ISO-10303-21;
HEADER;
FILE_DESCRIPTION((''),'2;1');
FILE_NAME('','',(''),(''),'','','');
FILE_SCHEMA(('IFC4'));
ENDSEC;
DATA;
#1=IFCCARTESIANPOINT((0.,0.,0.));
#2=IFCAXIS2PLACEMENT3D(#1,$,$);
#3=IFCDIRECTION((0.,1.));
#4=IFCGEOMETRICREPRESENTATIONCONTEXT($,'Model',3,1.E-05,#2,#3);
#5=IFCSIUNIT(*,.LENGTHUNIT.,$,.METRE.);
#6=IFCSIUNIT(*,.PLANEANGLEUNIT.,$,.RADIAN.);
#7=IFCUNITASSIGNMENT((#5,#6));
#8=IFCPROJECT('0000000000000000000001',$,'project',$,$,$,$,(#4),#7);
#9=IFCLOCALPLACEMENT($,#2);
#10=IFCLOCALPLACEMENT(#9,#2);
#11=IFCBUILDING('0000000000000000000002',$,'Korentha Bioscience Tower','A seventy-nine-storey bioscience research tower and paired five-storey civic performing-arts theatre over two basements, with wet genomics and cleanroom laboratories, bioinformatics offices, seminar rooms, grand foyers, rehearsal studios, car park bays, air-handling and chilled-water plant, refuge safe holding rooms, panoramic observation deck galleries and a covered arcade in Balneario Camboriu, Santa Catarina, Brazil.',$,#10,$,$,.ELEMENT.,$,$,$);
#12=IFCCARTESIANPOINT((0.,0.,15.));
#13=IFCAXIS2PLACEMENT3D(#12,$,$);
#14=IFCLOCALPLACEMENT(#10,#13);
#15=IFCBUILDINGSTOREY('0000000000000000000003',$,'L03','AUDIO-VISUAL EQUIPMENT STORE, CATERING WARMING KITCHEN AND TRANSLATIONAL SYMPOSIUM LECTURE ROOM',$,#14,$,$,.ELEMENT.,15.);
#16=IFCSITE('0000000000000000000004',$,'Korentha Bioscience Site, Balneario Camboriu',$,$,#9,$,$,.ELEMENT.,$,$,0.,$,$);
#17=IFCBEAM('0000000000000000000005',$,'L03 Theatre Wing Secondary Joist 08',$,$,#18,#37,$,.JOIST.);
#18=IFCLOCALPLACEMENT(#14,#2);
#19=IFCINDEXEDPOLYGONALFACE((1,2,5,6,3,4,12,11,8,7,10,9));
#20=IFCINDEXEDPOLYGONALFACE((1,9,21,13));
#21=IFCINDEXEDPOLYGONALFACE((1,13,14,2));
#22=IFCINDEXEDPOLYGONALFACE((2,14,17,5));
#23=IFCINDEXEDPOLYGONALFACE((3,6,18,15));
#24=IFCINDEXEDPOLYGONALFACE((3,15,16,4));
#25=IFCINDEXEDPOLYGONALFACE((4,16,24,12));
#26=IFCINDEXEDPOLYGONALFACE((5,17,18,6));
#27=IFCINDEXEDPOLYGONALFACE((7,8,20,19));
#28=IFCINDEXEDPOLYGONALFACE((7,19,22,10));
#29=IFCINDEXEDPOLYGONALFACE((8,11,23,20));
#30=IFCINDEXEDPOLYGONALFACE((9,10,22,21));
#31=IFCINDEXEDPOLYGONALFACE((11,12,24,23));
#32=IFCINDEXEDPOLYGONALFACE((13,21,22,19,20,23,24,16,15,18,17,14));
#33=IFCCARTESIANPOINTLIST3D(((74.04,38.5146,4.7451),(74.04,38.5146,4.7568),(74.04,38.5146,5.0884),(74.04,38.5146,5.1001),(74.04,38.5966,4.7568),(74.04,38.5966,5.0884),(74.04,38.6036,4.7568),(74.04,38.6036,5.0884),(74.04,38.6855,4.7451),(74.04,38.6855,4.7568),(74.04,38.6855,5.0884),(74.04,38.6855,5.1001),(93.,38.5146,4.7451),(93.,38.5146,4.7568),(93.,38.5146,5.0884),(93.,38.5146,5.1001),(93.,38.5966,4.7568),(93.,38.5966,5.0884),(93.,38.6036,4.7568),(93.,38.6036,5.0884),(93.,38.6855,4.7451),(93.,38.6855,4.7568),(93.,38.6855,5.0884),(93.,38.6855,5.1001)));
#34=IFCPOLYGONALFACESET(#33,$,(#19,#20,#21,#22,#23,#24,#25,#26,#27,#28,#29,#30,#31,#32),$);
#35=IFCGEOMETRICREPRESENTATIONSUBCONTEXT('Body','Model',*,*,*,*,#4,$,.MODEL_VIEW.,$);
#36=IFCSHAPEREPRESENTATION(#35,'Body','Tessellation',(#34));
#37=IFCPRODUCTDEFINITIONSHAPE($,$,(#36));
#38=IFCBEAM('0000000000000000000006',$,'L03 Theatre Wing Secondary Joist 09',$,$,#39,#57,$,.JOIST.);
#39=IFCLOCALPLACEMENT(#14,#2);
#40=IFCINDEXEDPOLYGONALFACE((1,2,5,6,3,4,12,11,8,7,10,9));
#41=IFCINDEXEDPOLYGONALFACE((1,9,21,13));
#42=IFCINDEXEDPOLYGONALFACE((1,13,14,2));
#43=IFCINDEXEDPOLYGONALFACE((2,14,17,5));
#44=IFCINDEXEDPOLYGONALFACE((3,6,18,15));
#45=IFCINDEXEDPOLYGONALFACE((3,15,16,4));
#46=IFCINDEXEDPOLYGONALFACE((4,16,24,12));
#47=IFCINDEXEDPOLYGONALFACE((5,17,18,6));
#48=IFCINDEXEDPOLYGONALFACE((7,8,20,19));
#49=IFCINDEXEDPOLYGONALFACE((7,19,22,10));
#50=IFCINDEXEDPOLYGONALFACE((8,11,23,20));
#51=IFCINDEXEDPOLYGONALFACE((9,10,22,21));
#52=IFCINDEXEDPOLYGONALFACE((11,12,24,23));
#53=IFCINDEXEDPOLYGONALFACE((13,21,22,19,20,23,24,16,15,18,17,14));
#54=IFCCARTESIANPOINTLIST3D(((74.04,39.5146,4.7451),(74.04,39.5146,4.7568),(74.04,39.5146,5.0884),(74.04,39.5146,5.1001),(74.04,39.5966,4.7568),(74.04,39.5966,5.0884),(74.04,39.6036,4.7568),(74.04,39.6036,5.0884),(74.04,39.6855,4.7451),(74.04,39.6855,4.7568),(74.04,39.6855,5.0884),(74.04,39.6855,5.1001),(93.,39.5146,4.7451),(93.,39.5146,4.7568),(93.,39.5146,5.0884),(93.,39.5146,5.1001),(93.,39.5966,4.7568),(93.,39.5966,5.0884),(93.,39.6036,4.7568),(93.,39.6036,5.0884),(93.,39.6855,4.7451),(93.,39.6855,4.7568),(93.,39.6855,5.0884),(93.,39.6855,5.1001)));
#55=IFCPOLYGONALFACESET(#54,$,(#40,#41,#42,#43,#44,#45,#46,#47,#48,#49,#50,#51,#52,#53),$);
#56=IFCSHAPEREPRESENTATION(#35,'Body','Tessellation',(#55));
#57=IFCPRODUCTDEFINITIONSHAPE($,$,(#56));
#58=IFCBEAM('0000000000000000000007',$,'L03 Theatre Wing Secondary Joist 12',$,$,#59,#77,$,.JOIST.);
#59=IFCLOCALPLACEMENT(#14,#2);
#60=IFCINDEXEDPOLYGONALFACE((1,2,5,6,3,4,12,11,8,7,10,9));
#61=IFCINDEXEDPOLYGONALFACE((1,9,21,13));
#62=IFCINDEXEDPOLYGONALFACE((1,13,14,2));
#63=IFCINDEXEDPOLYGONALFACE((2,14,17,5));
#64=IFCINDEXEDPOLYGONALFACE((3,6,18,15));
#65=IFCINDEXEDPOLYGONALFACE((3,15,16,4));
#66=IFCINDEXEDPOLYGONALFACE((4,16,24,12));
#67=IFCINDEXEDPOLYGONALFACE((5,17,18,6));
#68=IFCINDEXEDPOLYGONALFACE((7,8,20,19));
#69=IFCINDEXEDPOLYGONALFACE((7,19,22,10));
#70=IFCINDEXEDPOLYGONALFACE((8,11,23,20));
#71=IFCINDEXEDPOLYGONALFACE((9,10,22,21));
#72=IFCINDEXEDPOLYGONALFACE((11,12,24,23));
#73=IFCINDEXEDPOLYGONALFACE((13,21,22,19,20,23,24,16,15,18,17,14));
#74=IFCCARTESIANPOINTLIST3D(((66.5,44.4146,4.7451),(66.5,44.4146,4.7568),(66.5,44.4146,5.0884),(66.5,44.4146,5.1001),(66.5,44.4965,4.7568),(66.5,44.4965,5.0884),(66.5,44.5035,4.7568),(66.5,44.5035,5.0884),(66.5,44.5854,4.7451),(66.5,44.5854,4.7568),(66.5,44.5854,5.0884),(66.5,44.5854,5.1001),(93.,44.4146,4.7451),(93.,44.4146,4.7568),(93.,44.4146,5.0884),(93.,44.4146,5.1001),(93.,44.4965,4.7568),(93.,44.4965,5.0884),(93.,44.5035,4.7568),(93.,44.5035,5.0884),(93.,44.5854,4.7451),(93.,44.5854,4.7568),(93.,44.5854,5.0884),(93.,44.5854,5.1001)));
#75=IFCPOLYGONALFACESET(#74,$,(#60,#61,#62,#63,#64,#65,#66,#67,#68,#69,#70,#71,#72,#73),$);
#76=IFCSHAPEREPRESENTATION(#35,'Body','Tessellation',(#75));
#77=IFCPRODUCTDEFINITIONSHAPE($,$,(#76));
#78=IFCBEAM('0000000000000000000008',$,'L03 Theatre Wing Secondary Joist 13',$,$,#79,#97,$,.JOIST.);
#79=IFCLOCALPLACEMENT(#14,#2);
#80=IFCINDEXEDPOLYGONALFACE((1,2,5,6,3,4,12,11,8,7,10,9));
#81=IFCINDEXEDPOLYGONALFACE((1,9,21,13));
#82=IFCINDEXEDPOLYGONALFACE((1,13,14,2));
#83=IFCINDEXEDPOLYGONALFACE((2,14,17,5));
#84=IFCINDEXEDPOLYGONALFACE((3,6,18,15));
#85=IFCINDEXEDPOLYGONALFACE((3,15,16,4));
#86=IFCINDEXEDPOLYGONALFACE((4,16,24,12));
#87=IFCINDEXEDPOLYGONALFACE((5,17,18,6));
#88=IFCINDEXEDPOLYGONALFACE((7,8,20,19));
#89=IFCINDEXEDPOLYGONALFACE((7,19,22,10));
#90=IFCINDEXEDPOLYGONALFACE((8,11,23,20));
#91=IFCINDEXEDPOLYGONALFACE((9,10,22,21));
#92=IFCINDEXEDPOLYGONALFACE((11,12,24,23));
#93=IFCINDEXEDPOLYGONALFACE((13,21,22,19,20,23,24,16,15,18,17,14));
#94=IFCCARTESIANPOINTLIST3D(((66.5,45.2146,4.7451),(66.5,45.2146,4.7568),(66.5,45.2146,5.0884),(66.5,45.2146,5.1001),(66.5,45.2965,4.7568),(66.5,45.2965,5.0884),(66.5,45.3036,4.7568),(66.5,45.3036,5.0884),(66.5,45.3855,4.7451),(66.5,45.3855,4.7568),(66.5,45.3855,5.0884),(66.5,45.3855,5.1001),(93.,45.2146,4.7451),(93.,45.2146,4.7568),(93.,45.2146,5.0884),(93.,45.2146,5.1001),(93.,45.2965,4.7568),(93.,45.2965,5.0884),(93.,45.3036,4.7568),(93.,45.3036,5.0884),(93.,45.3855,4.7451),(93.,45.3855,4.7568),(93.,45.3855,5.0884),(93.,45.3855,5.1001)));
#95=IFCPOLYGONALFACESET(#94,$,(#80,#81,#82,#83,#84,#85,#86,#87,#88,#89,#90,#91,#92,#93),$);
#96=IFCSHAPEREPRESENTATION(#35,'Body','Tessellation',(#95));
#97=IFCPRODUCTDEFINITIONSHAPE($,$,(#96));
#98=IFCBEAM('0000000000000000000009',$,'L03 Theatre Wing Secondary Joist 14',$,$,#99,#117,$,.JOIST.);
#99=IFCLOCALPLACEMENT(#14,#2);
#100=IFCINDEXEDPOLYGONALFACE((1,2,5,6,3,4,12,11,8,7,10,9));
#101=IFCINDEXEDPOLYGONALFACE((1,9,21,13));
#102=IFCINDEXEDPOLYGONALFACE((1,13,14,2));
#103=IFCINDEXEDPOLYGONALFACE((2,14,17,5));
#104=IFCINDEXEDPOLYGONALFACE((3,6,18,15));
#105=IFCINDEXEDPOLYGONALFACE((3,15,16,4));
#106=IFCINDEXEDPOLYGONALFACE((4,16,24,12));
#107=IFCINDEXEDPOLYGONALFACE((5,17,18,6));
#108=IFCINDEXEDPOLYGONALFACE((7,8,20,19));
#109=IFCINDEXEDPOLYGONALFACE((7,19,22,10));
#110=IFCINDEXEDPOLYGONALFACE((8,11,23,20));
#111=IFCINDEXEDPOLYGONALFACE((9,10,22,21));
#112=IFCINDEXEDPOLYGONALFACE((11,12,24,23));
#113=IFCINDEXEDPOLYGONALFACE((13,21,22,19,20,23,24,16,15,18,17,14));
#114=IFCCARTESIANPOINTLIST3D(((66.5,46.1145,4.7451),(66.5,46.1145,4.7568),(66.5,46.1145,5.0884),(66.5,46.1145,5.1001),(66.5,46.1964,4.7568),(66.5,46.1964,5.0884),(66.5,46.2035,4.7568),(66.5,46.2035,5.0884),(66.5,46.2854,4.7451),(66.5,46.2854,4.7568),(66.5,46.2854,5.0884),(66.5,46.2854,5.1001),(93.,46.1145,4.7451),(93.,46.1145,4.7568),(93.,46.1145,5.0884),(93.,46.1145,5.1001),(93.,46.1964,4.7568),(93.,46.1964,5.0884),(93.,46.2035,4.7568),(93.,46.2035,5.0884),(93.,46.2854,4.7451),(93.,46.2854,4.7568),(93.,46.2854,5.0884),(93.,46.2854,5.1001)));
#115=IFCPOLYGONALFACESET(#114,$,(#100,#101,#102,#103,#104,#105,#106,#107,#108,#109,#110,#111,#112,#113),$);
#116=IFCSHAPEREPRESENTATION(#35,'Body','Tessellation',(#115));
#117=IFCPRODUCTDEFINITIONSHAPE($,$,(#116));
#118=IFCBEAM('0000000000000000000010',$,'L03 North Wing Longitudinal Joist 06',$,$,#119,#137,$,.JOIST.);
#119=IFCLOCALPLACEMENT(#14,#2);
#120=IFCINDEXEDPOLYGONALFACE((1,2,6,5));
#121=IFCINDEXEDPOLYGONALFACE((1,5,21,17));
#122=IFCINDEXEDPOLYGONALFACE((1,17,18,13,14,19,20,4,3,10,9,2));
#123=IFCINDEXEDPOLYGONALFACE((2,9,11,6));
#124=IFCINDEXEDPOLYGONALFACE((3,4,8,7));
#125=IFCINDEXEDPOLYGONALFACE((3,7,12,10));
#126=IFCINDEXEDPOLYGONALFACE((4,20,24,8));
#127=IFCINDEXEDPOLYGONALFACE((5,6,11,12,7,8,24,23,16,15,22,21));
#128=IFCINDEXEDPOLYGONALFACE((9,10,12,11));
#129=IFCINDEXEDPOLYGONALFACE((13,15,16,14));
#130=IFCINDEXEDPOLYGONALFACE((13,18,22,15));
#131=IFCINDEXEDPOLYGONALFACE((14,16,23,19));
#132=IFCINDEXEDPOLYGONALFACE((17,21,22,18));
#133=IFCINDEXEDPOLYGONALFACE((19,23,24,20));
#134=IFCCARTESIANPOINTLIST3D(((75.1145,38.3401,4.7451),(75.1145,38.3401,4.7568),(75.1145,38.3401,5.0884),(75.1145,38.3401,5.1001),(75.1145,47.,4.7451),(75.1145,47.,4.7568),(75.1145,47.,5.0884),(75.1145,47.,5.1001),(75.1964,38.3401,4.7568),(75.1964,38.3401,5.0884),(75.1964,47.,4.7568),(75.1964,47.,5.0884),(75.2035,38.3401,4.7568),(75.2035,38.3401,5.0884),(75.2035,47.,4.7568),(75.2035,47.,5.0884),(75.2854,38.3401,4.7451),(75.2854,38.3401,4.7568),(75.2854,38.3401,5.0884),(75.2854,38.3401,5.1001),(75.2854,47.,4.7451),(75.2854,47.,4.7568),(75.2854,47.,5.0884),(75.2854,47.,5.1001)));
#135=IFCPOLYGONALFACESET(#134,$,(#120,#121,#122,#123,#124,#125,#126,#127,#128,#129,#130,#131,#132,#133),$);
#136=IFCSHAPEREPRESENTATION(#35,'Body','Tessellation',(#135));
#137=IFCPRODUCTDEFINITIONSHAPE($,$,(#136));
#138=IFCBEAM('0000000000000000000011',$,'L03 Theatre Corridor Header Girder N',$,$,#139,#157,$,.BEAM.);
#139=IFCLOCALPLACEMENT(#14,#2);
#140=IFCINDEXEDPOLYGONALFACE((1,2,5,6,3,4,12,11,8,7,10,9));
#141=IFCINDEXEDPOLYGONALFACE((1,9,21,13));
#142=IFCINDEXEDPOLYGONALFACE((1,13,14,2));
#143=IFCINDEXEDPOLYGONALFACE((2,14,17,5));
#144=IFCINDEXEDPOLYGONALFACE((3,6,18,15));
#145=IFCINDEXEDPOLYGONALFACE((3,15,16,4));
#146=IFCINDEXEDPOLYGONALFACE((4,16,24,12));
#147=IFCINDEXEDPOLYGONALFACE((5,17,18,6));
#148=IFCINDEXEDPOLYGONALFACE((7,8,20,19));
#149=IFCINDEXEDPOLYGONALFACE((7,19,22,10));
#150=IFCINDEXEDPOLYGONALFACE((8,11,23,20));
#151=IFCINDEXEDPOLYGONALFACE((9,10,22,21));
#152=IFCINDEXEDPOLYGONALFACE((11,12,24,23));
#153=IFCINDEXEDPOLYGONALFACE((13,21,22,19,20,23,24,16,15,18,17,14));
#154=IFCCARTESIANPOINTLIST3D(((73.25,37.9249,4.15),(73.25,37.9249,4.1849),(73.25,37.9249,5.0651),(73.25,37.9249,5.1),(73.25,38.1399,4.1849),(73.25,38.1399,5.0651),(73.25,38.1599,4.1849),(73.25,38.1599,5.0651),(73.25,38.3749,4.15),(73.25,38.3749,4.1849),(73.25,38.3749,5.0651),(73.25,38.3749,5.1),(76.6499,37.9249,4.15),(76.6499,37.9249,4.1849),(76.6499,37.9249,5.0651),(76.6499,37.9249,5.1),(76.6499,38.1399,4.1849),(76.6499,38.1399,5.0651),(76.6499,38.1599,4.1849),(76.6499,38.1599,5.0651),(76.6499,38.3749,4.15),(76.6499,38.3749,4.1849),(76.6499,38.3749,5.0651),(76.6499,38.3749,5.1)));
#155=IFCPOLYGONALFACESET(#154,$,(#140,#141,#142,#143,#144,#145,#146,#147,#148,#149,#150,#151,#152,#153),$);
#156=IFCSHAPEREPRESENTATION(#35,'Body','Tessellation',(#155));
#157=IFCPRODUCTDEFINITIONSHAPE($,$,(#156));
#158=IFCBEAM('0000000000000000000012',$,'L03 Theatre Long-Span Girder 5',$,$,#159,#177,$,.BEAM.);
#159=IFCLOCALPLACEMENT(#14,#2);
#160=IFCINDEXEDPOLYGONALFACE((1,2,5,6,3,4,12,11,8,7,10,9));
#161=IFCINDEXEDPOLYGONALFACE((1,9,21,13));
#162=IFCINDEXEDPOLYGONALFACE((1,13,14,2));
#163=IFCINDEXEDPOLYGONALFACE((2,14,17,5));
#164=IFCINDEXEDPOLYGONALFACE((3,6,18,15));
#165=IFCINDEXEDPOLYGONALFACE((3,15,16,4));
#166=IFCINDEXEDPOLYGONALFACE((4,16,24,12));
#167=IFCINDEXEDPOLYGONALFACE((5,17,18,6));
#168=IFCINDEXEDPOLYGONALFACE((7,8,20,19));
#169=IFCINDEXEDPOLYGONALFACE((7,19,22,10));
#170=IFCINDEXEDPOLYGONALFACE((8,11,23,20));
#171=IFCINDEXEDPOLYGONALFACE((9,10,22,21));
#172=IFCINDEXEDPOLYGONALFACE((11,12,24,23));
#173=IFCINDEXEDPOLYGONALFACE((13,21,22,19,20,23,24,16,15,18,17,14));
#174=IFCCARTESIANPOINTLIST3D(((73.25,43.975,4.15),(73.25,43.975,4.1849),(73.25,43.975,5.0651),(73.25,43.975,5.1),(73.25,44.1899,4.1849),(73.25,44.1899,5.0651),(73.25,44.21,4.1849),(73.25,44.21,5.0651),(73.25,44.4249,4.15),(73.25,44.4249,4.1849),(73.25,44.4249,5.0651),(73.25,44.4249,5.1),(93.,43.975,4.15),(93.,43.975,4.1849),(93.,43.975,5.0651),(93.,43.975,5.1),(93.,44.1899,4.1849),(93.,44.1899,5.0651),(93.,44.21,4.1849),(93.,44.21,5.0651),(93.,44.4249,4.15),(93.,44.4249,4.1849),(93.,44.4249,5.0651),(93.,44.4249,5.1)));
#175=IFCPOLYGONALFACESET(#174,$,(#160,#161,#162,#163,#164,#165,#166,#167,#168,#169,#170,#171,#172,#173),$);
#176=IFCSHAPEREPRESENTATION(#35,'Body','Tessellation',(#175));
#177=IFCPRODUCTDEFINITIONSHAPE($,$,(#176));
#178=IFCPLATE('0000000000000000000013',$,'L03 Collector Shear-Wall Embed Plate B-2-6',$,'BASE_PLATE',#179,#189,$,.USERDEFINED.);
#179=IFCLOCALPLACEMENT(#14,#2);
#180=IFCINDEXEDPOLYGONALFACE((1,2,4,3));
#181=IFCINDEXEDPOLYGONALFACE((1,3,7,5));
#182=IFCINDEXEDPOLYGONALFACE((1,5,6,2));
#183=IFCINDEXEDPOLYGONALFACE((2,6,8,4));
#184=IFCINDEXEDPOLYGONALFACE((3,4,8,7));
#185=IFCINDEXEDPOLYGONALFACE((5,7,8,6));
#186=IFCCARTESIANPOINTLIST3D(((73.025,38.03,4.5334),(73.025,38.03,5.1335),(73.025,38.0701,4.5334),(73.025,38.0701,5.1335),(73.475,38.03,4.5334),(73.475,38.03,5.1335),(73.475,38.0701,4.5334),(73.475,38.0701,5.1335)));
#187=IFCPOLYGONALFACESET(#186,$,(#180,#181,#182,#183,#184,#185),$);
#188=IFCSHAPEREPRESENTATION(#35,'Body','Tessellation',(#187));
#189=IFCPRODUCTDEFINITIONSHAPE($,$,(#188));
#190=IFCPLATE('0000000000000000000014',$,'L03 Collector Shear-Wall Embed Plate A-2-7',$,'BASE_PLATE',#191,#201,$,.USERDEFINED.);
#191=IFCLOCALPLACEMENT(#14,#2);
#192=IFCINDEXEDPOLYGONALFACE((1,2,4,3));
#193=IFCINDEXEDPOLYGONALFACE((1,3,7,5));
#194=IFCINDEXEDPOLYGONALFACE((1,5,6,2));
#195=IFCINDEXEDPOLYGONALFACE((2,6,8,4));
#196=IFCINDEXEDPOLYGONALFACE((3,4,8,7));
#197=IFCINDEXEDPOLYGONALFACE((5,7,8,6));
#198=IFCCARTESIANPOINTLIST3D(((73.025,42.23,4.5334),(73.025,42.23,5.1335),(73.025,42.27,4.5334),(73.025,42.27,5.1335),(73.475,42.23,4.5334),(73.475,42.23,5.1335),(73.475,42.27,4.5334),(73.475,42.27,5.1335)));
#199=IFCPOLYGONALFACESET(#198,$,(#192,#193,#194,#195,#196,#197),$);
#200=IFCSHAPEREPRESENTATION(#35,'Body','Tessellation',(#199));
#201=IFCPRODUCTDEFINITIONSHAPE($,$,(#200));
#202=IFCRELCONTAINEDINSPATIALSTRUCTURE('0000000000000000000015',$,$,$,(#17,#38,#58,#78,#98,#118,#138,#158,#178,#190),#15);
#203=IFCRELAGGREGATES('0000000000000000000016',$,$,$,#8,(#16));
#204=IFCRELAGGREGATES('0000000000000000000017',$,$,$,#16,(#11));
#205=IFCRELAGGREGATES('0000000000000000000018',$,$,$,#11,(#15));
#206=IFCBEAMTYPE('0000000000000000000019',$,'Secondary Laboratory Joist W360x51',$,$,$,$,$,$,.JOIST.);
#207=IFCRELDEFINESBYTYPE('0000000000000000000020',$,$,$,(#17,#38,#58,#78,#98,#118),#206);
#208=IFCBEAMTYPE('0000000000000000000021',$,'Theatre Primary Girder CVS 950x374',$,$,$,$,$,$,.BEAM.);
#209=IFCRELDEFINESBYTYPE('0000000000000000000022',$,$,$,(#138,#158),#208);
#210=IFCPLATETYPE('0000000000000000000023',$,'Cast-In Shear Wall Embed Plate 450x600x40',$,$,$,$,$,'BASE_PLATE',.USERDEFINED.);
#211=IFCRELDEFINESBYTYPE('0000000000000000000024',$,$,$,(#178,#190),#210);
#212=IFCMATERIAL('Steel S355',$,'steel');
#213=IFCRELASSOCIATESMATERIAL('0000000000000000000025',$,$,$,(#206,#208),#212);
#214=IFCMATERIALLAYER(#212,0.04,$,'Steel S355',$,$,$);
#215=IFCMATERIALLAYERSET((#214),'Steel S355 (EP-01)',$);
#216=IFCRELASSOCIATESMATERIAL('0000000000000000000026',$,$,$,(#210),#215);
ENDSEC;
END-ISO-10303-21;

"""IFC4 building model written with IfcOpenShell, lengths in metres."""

from ifc_helpers import new_model, si_unit, direction, frame, origin, origin_2d, place, context, subcontext, project, spatial, rectangle, i_section, extrude, material, layer, layer_set, material_profile, profile_set, type_object, element, save


model = new_model("IFC4")

# Units and contexts
model_context = context("Model", 3, precision=1e-05, world=origin(), true_north=direction((0.0, 1.0)))
body_context = subcontext(model_context, "Body", "Model", "MODEL_VIEW")
ifc_project = project(units=[si_unit("LENGTHUNIT", "METRE"), si_unit("PLANEANGLEUNIT", "RADIAN")], contexts=[model_context])

# Site, building, storey
site_placement = place(None, origin())
site = spatial("IfcSite", under=ifc_project, at=site_placement, Name="Korentha Bioscience Site, Balneario Camboriu", CompositionType="ELEMENT", RefElevation=0.0)
building_placement = place(site_placement, origin())
building = spatial("IfcBuilding", under=site, at=building_placement, Name="Korentha Bioscience Tower", Description="A seventy-nine-storey bioscience research tower and paired five-storey civic performing-arts theatre over two basements, with wet genomics and cleanroom laboratories, bioinformatics offices, seminar rooms, grand foyers, rehearsal studios, car park bays, air-handling and chilled-water plant, refuge safe holding rooms, panoramic observation deck galleries and a covered arcade in Balneario Camboriu, Santa Catarina, Brazil.", CompositionType="ELEMENT")
storey_placement = place(building_placement, frame((0.0, 0.0, 15.0)))
storey = spatial("IfcBuildingStorey", under=building, at=storey_placement, Name="L03", Description="AUDIO-VISUAL EQUIPMENT STORE, CATERING WARMING KITCHEN AND TRANSLATIONAL SYMPOSIUM LECTURE ROOM", CompositionType="ELEMENT", Elevation=15.0)

# Beams
ifc_material_1 = material(Name="Steel S355", Category="steel")
ifc_material_profile_1 = material_profile(ifc_material_1, i_section(OverallWidth=0.1709, OverallDepth=0.355, WebThickness=0.0071, FlangeThickness=0.0117, at=origin_2d()), Name="Steel S355")
ifc_profile_set_1 = profile_set([ifc_material_profile_1], Name="Steel S355 (JB-360)")
beam_type_1 = type_object("IfcBeamType", Name="Secondary Laboratory Joist W360x51", PredefinedType="JOIST", material=ifc_profile_set_1)
for number, where, z_axis, x_axis, name in (
    (1, (74.04, 38.6001, 4.9226), (1.0, 0.0, 0.0), (0.0, 1.0, 0.0), "L03 Theatre Wing Secondary Joist 08"),
    (2, (74.04, 39.6001, 4.9226), (1.0, 0.0, 0.0), (0.0, 1.0, 0.0), "L03 Theatre Wing Secondary Joist 09"),
):
    element("IfcBeam", number, at=place(storey_placement, frame(where, z_axis=z_axis, x_axis=x_axis)), inside=storey, type_object=beam_type_1, Name=name, PredefinedType="JOIST", context=body_context, shape_type="SweptSolid", body=[
        extrude(i_section(OverallWidth=0.1709, OverallDepth=0.355, WebThickness=0.0071, FlangeThickness=0.0117, at=origin_2d()), origin(), (0.0, 0.0, 1.0), 18.96),
    ])
for number, where, z_axis, x_axis, name in (
    (3, (66.5, 44.5, 4.9226), (1.0, 0.0, 0.0), (0.0, 1.0, 0.0), "L03 Theatre Wing Secondary Joist 12"),
    (4, (66.5, 45.3, 4.9226), (1.0, 0.0, 0.0), (0.0, 1.0, 0.0), "L03 Theatre Wing Secondary Joist 13"),
    (5, (66.5, 46.2, 4.9226), (1.0, 0.0, 0.0), (0.0, 1.0, 0.0), "L03 Theatre Wing Secondary Joist 14"),
):
    element("IfcBeam", number, at=place(storey_placement, frame(where, z_axis=z_axis, x_axis=x_axis)), inside=storey, type_object=beam_type_1, Name=name, PredefinedType="JOIST", context=body_context, shape_type="SweptSolid", body=[
        extrude(i_section(OverallWidth=0.1709, OverallDepth=0.355, WebThickness=0.0071, FlangeThickness=0.0117, at=origin_2d()), origin(), (0.0, 0.0, 1.0), 26.5),
    ])
beam_1_placement = place(storey_placement, frame((75.2, 38.3401, 4.9226), z_axis=(0.0, 1.0, 0.0), x_axis=(-1.0, 0.0, 0.0)))
element("IfcBeam", 6, at=beam_1_placement, inside=storey, type_object=beam_type_1, Name="L03 North Wing Longitudinal Joist 06", PredefinedType="JOIST", context=body_context, shape_type="SweptSolid", body=[
    extrude(i_section(OverallWidth=0.1709, OverallDepth=0.355, WebThickness=0.0071, FlangeThickness=0.0117, at=origin_2d()), origin(), (0.0, 0.0, 1.0), 8.6599),
])
ifc_material_profile_2 = material_profile(ifc_material_1, i_section(OverallWidth=0.45, OverallDepth=0.95, WebThickness=0.02, FlangeThickness=0.0349, at=origin_2d()), Name="Steel S355")
ifc_profile_set_2 = profile_set([ifc_material_profile_2], Name="Steel S355 (TB-950)")
beam_type_2 = type_object("IfcBeamType", Name="Theatre Primary Girder CVS 950x374", PredefinedType="BEAM", material=ifc_profile_set_2)
beam_2_placement = place(storey_placement, frame((73.25, 38.1499, 4.625), z_axis=(1.0, 0.0, 0.0), x_axis=(0.0, 1.0, 0.0)))
element("IfcBeam", 7, at=beam_2_placement, inside=storey, type_object=beam_type_2, Name="L03 Theatre Corridor Header Girder N", PredefinedType="BEAM", context=body_context, shape_type="SweptSolid", body=[
    extrude(i_section(OverallWidth=0.45, OverallDepth=0.95, WebThickness=0.02, FlangeThickness=0.0349, at=origin_2d()), origin(), (0.0, 0.0, 1.0), 3.3999),
])
beam_3_placement = place(storey_placement, frame((73.25, 44.2, 4.625), z_axis=(1.0, 0.0, 0.0), x_axis=(0.0, 1.0, 0.0)))
element("IfcBeam", 8, at=beam_3_placement, inside=storey, type_object=beam_type_2, Name="L03 Theatre Long-Span Girder 5", PredefinedType="BEAM", context=body_context, shape_type="SweptSolid", body=[
    extrude(i_section(OverallWidth=0.45, OverallDepth=0.95, WebThickness=0.02, FlangeThickness=0.0349, at=origin_2d()), origin(), (0.0, 0.0, 1.0), 19.75),
])

# Plates
ifc_layer_1 = layer(ifc_material_1, 0.04, Name="Steel S355")
ifc_layer_set_1 = layer_set([ifc_layer_1], Name="Steel S355 (EP-01)")
plate_type = type_object("IfcPlateType", Name="Cast-In Shear Wall Embed Plate 450x600x40", ElementType="BASE_PLATE", PredefinedType="USERDEFINED", material=ifc_layer_set_1)
for number, where, z_axis, x_axis, name in (
    (9, (73.25, 38.05, 4.5334), (0.0, 0.0, 1.0), (1.0, 0.0, 0.0), "L03 Collector Shear-Wall Embed Plate B-2-6"),
    (10, (73.25, 42.25, 4.5334), (0.0, 0.0, 1.0), (1.0, 0.0, 0.0), "L03 Collector Shear-Wall Embed Plate A-2-7"),
):
    element("IfcPlate", number, at=place(storey_placement, frame(where, z_axis=z_axis, x_axis=x_axis)), inside=storey, type_object=plate_type, Name=name, ObjectType="BASE_PLATE", PredefinedType="USERDEFINED", context=body_context, shape_type="SweptSolid", body=[
        extrude(rectangle(XDim=0.45, YDim=0.04, at=origin_2d()), origin(), (0.0, 0.0, 1.0), 0.6001),
    ])

save(model, "model.ifc")
